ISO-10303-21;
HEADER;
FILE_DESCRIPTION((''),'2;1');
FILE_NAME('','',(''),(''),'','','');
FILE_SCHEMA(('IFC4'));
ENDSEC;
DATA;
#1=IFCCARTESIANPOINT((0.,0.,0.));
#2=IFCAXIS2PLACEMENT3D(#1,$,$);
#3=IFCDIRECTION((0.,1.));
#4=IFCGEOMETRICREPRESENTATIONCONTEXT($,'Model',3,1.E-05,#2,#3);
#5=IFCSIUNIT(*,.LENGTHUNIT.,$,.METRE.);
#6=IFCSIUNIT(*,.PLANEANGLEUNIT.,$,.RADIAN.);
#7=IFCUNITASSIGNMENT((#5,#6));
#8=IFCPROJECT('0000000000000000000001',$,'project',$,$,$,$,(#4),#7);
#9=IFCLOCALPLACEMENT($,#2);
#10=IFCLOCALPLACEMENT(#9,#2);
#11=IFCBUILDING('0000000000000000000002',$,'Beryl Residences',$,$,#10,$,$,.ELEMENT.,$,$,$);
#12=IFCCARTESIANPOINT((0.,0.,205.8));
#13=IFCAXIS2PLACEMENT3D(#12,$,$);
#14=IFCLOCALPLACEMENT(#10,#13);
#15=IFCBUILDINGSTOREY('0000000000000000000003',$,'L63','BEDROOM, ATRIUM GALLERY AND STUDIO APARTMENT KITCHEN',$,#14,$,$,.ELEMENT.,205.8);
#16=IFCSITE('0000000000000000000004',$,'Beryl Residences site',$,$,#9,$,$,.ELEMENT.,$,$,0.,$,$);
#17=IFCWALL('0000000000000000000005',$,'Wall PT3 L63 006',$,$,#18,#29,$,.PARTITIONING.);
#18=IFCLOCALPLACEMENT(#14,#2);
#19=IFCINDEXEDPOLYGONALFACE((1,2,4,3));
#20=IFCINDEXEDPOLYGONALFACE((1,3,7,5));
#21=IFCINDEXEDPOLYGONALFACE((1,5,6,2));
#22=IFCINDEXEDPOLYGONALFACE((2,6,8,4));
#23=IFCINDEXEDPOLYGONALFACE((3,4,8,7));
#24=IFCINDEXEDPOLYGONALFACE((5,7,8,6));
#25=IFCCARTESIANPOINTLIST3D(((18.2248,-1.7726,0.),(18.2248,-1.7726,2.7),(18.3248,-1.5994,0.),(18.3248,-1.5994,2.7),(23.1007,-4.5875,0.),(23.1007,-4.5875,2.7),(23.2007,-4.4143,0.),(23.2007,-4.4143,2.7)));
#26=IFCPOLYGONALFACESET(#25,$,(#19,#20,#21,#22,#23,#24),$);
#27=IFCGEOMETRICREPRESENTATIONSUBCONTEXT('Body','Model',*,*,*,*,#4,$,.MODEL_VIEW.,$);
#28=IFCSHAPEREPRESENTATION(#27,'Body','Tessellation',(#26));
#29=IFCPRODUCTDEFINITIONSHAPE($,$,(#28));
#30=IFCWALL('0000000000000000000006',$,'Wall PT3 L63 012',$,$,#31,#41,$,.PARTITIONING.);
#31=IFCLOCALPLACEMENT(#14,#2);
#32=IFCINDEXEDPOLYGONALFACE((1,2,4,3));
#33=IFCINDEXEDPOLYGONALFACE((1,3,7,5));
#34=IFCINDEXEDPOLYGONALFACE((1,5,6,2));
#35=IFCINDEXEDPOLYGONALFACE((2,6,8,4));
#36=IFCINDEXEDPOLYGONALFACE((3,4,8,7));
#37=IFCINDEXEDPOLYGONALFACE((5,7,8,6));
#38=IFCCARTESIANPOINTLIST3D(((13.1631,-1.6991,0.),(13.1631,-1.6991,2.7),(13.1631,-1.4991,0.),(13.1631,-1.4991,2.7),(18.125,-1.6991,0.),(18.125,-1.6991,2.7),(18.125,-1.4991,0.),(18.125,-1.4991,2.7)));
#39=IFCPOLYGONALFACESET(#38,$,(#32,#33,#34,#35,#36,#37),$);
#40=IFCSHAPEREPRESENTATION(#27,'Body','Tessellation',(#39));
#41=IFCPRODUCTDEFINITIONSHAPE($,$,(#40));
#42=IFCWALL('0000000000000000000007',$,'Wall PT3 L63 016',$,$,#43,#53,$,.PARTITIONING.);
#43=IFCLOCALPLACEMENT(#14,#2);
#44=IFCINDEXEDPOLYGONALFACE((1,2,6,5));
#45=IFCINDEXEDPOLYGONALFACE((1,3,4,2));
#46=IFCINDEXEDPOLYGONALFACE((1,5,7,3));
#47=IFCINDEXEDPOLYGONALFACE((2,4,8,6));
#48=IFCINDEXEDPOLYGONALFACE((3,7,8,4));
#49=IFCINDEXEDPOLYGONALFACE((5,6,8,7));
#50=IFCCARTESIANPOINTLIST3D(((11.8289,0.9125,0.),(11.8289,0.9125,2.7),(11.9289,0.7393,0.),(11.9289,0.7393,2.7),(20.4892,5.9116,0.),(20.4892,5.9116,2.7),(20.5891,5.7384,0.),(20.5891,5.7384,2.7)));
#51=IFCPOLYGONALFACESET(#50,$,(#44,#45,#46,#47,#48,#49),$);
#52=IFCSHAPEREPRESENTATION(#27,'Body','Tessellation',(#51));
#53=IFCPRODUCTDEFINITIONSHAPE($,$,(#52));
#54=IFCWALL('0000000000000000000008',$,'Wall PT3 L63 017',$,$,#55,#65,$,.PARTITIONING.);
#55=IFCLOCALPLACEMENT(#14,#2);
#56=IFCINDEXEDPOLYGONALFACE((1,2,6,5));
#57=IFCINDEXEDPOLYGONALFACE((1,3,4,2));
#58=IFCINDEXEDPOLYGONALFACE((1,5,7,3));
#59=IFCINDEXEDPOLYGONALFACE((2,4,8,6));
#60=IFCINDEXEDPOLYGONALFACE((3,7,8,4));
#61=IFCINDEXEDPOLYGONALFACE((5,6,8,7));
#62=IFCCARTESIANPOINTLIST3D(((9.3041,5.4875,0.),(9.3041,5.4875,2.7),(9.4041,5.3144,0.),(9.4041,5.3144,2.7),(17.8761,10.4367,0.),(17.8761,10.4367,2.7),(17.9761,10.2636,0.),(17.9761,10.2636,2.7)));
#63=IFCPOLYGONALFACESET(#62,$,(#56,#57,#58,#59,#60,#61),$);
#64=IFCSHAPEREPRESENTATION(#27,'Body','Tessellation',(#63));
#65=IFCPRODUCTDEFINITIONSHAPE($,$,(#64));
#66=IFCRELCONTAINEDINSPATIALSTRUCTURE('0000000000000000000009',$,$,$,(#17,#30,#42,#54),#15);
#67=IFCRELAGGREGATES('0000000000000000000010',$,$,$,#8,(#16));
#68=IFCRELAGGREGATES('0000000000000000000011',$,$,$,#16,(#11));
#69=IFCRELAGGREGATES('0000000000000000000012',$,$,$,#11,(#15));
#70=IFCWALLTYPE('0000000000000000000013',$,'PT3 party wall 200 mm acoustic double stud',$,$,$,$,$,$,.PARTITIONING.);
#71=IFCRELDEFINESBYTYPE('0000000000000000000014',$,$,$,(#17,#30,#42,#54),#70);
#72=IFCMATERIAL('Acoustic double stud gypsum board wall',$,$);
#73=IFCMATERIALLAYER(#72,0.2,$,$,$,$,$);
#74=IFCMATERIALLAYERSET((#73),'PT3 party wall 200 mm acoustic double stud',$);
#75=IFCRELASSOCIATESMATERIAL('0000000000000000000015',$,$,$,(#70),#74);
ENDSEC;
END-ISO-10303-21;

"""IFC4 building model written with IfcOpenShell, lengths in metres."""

from ifc_helpers import new_model, si_unit, direction, frame, frame_2d, origin, place, context, subcontext, project, spatial, rectangle, extrude, material, layer, layer_set, type_object, element, save


model = new_model("IFC4")

# Units and contexts
model_context = context("Model", 3, precision=1e-05, world=origin(), true_north=direction((0.0, 1.0)))
body_context = subcontext(model_context, "Body", "Model", "MODEL_VIEW")
ifc_project = project(units=[si_unit("LENGTHUNIT", "METRE"), si_unit("PLANEANGLEUNIT", "RADIAN")], contexts=[model_context])

# Site, building, storey
site_placement = place(None, origin())
site = spatial("IfcSite", under=ifc_project, at=site_placement, Name="Beryl Residences site", CompositionType="ELEMENT", RefElevation=0.0)
building_placement = place(site_placement, origin())
building = spatial("IfcBuilding", under=site, at=building_placement, Name="Beryl Residences", CompositionType="ELEMENT")
storey_placement = place(building_placement, frame((0.0, 0.0, 205.8)))
storey = spatial("IfcBuildingStorey", under=building, at=storey_placement, Name="L63", Description="BEDROOM, ATRIUM GALLERY AND STUDIO APARTMENT KITCHEN", CompositionType="ELEMENT", Elevation=205.8)

# Walls
ifc_material_1 = material(Name="Acoustic double stud gypsum board wall")
ifc_layer_1 = layer(ifc_material_1, 0.2)
ifc_layer_set_1 = layer_set([ifc_layer_1], Name="PT3 party wall 200 mm acoustic double stud")
wall_type_1 = type_object("IfcWallType", Name="PT3 party wall 200 mm acoustic double stud", PredefinedType="PARTITIONING", material=ifc_layer_set_1)
wall_1_placement = place(storey_placement, frame((18.2749, -1.686, 0.0), z_axis=(0.0, 0.0, 1.0), x_axis=(0.866041, -0.499973, 0.0)))
element("IfcWall", 1, at=wall_1_placement, inside=storey, type_object=wall_type_1, Name="Wall PT3 L63 006", PredefinedType="PARTITIONING", context=body_context, shape_type="SweptSolid", body=[
    extrude(rectangle(XDim=5.6301, YDim=0.2, at=frame_2d((2.8149, 0.0))), origin(), (0.0, 0.0, 1.0), 2.7),
])
wall_2_placement = place(storey_placement, frame((13.1631, -1.5991, 0.0), z_axis=(0.0, 0.0, 1.0), x_axis=(1.0, 0.0, 0.0)))
element("IfcWall", 2, at=wall_2_placement, inside=storey, type_object=wall_type_1, Name="Wall PT3 L63 012", PredefinedType="PARTITIONING", context=body_context, shape_type="SweptSolid", body=[
    extrude(rectangle(XDim=4.9619, YDim=0.2, at=frame_2d((2.481, 0.0))), origin(), (0.0, 0.0, 1.0), 2.7),
])
wall_3_placement = place(storey_placement, frame((11.8789, 0.8259, 0.0), z_axis=(0.0, 0.0, 1.0), x_axis=(0.866065, 0.499931, 0.0)))
element("IfcWall", 3, at=wall_3_placement, inside=storey, type_object=wall_type_1, Name="Wall PT3 L63 016", PredefinedType="PARTITIONING", context=body_context, shape_type="SweptSolid", body=[
    extrude(rectangle(XDim=9.9995, YDim=0.2, at=frame_2d((4.9998, 0.0))), origin(), (0.0, 0.0, 1.0), 2.7),
])
wall_4_placement = place(storey_placement, frame((9.354, 5.4009, 0.0), z_axis=(0.0, 0.0, 1.0), x_axis=(0.866018, 0.500012, 0.0)))
element("IfcWall", 4, at=wall_4_placement, inside=storey, type_object=wall_type_1, Name="Wall PT3 L63 017", PredefinedType="PARTITIONING", context=body_context, shape_type="SweptSolid", body=[
    extrude(rectangle(XDim=9.8982, YDim=0.2, at=frame_2d((4.9492, 0.0))), origin(), (0.0, 0.0, 1.0), 2.7),
])

save(model, "model.ifc")
